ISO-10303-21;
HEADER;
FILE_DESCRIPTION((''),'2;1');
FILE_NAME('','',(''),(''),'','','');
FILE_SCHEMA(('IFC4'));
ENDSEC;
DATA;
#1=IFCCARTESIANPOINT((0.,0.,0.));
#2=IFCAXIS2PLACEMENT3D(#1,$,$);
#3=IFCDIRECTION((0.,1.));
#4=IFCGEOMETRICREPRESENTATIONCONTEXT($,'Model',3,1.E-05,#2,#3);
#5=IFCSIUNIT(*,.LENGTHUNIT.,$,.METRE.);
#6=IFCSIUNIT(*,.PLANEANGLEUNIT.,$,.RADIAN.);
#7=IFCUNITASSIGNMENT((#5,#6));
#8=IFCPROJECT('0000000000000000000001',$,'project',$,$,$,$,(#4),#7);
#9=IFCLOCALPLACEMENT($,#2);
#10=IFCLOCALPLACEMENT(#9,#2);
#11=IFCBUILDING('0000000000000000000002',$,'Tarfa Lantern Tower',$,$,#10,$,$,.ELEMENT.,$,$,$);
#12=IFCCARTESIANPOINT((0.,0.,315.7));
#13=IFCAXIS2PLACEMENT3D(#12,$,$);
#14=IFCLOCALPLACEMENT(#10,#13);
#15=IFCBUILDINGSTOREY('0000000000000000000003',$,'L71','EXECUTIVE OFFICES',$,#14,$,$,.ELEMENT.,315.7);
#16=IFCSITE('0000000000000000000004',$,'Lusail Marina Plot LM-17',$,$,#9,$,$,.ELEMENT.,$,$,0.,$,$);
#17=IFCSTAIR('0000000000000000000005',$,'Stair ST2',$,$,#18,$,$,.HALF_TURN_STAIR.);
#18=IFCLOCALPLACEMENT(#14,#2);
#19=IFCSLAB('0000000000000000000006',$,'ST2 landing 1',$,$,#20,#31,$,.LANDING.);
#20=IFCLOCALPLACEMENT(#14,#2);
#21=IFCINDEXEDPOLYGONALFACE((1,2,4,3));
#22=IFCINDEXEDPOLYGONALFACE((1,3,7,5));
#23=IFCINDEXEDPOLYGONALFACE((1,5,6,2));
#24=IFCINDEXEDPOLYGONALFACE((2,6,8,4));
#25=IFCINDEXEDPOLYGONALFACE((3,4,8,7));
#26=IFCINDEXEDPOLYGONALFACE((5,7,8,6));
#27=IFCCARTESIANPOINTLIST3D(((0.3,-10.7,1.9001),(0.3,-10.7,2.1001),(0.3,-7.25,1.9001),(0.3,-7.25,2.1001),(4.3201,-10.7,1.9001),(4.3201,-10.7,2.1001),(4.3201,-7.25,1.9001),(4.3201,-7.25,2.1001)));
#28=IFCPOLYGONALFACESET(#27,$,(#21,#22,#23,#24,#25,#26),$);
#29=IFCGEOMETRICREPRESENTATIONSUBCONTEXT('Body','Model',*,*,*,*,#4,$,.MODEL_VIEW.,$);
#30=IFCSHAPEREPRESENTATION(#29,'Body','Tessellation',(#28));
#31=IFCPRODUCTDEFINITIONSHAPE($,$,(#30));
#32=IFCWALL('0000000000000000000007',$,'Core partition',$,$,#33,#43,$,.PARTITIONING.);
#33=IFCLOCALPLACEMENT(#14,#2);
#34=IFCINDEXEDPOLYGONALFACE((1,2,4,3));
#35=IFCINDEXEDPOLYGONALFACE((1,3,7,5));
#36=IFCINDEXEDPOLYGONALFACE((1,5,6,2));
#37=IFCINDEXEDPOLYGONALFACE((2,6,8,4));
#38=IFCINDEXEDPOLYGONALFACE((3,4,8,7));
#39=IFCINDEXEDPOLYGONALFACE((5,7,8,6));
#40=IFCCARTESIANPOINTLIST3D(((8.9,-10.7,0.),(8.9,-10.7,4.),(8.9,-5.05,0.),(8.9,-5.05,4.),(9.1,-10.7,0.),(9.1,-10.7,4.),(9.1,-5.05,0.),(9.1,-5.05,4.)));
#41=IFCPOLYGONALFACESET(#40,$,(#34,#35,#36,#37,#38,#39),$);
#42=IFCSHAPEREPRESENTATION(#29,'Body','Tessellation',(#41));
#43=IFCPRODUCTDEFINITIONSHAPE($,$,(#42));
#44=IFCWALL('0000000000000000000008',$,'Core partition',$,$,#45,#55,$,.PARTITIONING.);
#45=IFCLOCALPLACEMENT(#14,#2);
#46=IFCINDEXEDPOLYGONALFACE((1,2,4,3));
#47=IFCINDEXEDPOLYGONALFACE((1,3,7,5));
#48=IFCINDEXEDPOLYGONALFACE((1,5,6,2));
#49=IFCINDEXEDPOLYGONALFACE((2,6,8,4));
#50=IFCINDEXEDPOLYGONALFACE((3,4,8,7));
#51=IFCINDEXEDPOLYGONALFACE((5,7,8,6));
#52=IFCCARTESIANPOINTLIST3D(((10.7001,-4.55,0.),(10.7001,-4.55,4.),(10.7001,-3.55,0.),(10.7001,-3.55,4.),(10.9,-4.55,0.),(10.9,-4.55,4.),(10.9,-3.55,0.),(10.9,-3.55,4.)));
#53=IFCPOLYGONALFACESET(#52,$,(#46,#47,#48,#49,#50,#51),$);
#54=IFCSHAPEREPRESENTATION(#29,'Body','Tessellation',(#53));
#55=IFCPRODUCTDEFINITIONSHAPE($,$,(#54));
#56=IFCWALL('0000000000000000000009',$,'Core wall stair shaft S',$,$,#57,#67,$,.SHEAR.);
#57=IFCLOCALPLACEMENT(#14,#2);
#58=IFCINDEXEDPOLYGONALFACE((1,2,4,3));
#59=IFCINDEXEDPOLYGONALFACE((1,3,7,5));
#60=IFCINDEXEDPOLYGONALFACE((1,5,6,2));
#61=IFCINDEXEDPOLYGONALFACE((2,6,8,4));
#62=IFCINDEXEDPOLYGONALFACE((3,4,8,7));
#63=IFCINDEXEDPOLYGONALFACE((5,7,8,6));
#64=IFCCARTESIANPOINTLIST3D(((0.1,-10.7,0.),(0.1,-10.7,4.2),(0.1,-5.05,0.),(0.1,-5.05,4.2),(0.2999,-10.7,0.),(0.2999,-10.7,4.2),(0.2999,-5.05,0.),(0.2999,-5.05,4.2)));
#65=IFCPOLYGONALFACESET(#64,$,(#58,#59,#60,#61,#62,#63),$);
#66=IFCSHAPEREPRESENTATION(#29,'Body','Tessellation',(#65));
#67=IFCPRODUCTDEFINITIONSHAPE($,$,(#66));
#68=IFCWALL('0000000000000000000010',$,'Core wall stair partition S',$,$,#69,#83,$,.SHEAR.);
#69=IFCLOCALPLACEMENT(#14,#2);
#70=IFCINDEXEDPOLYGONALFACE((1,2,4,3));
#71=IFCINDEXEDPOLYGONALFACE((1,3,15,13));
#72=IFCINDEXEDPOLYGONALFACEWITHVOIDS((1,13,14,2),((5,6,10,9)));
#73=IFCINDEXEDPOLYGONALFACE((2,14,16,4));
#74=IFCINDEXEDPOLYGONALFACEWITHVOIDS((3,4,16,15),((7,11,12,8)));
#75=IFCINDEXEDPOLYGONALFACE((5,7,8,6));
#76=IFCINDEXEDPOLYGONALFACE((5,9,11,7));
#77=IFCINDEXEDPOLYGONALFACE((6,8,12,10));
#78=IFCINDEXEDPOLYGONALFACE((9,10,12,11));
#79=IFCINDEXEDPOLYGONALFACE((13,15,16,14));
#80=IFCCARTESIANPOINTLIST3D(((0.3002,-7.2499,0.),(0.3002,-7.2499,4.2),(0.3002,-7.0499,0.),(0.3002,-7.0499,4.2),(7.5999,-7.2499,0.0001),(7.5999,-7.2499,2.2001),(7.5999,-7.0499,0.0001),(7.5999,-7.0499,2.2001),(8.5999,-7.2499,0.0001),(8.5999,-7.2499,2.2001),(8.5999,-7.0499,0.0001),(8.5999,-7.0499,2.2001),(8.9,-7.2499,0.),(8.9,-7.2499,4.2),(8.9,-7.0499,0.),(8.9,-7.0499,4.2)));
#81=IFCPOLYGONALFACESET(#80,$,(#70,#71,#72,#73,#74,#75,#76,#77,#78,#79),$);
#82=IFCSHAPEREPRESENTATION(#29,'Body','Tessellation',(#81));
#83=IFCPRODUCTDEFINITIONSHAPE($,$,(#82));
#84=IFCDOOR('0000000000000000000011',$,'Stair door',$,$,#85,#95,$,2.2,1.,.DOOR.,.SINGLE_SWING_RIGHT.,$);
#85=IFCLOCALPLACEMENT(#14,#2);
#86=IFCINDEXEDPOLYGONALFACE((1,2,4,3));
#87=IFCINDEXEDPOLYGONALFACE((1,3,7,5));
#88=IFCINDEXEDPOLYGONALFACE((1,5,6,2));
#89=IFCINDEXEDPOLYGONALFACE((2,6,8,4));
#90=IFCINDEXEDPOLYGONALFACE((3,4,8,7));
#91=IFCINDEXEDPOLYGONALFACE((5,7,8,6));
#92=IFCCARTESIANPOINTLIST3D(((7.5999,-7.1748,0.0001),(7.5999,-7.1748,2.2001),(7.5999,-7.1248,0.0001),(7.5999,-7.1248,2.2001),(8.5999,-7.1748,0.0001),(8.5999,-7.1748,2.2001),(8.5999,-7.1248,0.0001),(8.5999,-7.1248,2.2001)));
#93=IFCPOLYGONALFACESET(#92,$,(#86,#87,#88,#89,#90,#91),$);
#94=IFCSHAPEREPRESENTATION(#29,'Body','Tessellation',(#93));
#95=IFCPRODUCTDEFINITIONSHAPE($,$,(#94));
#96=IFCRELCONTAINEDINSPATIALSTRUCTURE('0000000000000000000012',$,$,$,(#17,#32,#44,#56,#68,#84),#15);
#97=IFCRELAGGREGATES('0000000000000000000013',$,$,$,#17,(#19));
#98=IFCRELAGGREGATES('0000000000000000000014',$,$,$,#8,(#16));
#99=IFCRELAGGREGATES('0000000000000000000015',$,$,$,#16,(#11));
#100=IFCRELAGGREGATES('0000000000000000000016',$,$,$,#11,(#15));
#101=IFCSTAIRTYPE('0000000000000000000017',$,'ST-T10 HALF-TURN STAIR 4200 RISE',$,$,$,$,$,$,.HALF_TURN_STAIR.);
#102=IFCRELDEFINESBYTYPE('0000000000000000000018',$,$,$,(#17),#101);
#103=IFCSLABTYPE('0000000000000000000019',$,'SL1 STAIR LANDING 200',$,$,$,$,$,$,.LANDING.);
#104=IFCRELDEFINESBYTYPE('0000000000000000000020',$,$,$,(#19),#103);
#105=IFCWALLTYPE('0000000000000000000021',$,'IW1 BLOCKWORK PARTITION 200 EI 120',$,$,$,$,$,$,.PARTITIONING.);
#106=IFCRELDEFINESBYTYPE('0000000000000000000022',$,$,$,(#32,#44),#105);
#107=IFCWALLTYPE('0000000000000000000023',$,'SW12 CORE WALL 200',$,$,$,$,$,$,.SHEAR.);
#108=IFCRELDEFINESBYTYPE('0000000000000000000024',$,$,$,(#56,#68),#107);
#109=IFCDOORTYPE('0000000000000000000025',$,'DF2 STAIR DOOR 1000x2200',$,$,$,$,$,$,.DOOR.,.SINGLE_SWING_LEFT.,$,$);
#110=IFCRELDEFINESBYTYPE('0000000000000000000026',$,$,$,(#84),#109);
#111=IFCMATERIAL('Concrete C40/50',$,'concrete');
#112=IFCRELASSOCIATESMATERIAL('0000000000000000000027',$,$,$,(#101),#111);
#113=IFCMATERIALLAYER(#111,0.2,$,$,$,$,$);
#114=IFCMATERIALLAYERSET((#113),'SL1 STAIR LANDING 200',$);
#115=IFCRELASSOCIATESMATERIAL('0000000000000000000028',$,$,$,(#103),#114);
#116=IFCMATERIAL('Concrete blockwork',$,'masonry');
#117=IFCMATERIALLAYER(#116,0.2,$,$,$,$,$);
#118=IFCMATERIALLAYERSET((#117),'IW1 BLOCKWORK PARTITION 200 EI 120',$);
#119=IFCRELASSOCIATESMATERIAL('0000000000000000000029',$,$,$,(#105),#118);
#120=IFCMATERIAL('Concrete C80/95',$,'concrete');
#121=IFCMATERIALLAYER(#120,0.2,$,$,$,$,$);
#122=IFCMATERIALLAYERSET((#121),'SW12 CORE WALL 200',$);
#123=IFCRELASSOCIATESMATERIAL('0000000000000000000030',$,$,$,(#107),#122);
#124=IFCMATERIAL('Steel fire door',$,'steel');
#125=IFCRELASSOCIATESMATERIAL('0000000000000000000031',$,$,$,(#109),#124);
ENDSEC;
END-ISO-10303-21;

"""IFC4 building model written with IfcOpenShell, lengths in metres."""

from ifc_helpers import new_model, si_unit, direction, frame, frame_2d, origin, place, context, subcontext, project, spatial, polyline, rectangle, outline, extrude, material, layer, layer_set, type_object, element, fill, aggregate, save


model = new_model("IFC4")

# Units and contexts
model_context = context("Model", 3, precision=1e-05, world=origin(), true_north=direction((0.0, 1.0)))
body_context = subcontext(model_context, "Body", "Model", "MODEL_VIEW")
ifc_project = project(units=[si_unit("LENGTHUNIT", "METRE"), si_unit("PLANEANGLEUNIT", "RADIAN")], contexts=[model_context])

# Site, building, storey
site_placement = place(None, origin())
site = spatial("IfcSite", under=ifc_project, at=site_placement, Name="Lusail Marina Plot LM-17", CompositionType="ELEMENT", RefElevation=0.0)
building_placement = place(site_placement, origin())
building = spatial("IfcBuilding", under=site, at=building_placement, Name="Tarfa Lantern Tower", CompositionType="ELEMENT")
storey_placement = place(building_placement, frame((0.0, 0.0, 315.7)))
storey = spatial("IfcBuildingStorey", under=building, at=storey_placement, Name="L71", Description="EXECUTIVE OFFICES", CompositionType="ELEMENT", Elevation=315.7)

# Stair, slab
ifc_material_1 = material(Name="Concrete C40/50", Category="concrete")
stair_type = type_object("IfcStairType", Name="ST-T10 HALF-TURN STAIR 4200 RISE", PredefinedType="HALF_TURN_STAIR", material=ifc_material_1)
stair_placement = place(storey_placement, origin())
stair = element("IfcStair", 1, at=stair_placement, inside=storey, type_object=stair_type, Name="Stair ST2", PredefinedType="HALF_TURN_STAIR")
ifc_layer_1 = layer(ifc_material_1, 0.2)
ifc_layer_set_1 = layer_set([ifc_layer_1], Name="SL1 STAIR LANDING 200")
slab_type = type_object("IfcSlabType", Name="SL1 STAIR LANDING 200", PredefinedType="LANDING", material=ifc_layer_set_1)
slab_placement = place(storey_placement, frame((0.0, 0.0, 1.9001)))
slab = element("IfcSlab", 2, at=slab_placement, type_object=slab_type, Name="ST2 landing 1", PredefinedType="LANDING", context=body_context, shape_type="SweptSolid", body=[
    extrude(outline(polyline([(4.3201, -7.25), (0.3, -7.25), (0.3, -10.7), (4.3201, -10.7), (4.3201, -7.25)])), origin(), (0.0, 0.0, 1.0), 0.2),
])

# Walls
ifc_material_2 = material(Name="Concrete blockwork", Category="masonry")
ifc_layer_2 = layer(ifc_material_2, 0.2)
ifc_layer_set_2 = layer_set([ifc_layer_2], Name="IW1 BLOCKWORK PARTITION 200 EI 120")
wall_type_1 = type_object("IfcWallType", Name="IW1 BLOCKWORK PARTITION 200 EI 120", PredefinedType="PARTITIONING", material=ifc_layer_set_2)
wall_1_placement = place(storey_placement, frame((9.0, -5.05, 0.0), z_axis=(0.0, 0.0, 1.0), x_axis=(0.0, -1.0, 0.0)))
element("IfcWall", 3, at=wall_1_placement, inside=storey, type_object=wall_type_1, Name="Core partition", PredefinedType="PARTITIONING", context=body_context, shape_type="SweptSolid", body=[
    extrude(rectangle(XDim=5.6499, YDim=0.2, at=frame_2d((2.825, 0.0))), origin(), (0.0, 0.0, 1.0), 4.0),
])
wall_2_placement = place(storey_placement, frame((10.8, -3.55, 0.0), z_axis=(0.0, 0.0, 1.0), x_axis=(0.0, -1.0, 0.0)))
element("IfcWall", 4, at=wall_2_placement, inside=storey, type_object=wall_type_1, Name="Core partition", PredefinedType="PARTITIONING", context=body_context, shape_type="SweptSolid", body=[
    extrude(rectangle(XDim=1.0, YDim=0.2, at=frame_2d((0.5, 0.0))), origin(), (0.0, 0.0, 1.0), 4.0),
])
ifc_material_3 = material(Name="Concrete C80/95", Category="concrete")
ifc_layer_3 = layer(ifc_material_3, 0.2)
ifc_layer_set_3 = layer_set([ifc_layer_3], Name="SW12 CORE WALL 200")
wall_type_2 = type_object("IfcWallType", Name="SW12 CORE WALL 200", PredefinedType="SHEAR", material=ifc_layer_set_3)
wall_3_placement = place(storey_placement, frame((0.2, -5.05, 0.0), z_axis=(0.0, 0.0, 1.0), x_axis=(0.0, -1.0, 0.0)))
element("IfcWall", 5, at=wall_3_placement, inside=storey, type_object=wall_type_2, Name="Core wall stair shaft S", PredefinedType="SHEAR", context=body_context, shape_type="SweptSolid", body=[
    extrude(rectangle(XDim=5.6499, YDim=0.2, at=frame_2d((2.825, 0.0))), origin(), (0.0, 0.0, 1.0), 4.2),
])

# Wall, opening, door
wall_4_placement = place(storey_placement, frame((8.8999, -7.1499, 0.0), z_axis=(0.0, 0.0, 1.0), x_axis=(-1.0, 0.0, 0.0)))
wall_4 = element("IfcWall", 6, at=wall_4_placement, inside=storey, type_object=wall_type_2, Name="Core wall stair partition S", PredefinedType="SHEAR", context=body_context, shape_type="SweptSolid", body=[
    extrude(rectangle(XDim=8.5999, YDim=0.2, at=frame_2d((4.2998, 0.0))), origin(), (0.0, 0.0, 1.0), 4.2),
])
opening_1_placement = place(wall_4_placement, frame((0.3, 0.0, 0.0)))
opening_1 = element("IfcOpeningElement", 7, at=opening_1_placement, cuts=wall_4, PredefinedType="OPENING", context=body_context, shape_type="SweptSolid", body=[
    extrude(rectangle(XDim=1.0, YDim=2.2, at=frame_2d((0.5, 1.1001))), frame((0.0, 0.1099, 0.0), z_axis=(0.0, -1.0, 0.0), x_axis=(1.0, 0.0, 0.0)), (0.0, 0.0, 1.0), 0.22),
])
ifc_material_4 = material(Name="Steel fire door", Category="steel")
door_type_1 = type_object("IfcDoorType", Name="DF2 STAIR DOOR 1000x2200", OperationType="SINGLE_SWING_LEFT", PredefinedType="DOOR", material=ifc_material_4)
door_1_placement = place(opening_1_placement, origin())
door_1 = element("IfcDoor", 8, at=door_1_placement, inside=storey, type_object=door_type_1, Name="Stair door", OperationType="SINGLE_SWING_RIGHT", OverallHeight=2.2, OverallWidth=1.0, PredefinedType="DOOR", context=body_context, shape_type="SweptSolid", body=[
    extrude(rectangle(XDim=1.0, YDim=2.2, at=frame_2d((0.5, 1.1001))), frame((0.0, 0.0249, 0.0), z_axis=(0.0, -1.0, 0.0), x_axis=(1.0, 0.0, 0.0)), (0.0, 0.0, 1.0), 0.05),
])
fill(opening_1, door_1)

aggregate(stair, [slab])

save(model, "model.ifc")
